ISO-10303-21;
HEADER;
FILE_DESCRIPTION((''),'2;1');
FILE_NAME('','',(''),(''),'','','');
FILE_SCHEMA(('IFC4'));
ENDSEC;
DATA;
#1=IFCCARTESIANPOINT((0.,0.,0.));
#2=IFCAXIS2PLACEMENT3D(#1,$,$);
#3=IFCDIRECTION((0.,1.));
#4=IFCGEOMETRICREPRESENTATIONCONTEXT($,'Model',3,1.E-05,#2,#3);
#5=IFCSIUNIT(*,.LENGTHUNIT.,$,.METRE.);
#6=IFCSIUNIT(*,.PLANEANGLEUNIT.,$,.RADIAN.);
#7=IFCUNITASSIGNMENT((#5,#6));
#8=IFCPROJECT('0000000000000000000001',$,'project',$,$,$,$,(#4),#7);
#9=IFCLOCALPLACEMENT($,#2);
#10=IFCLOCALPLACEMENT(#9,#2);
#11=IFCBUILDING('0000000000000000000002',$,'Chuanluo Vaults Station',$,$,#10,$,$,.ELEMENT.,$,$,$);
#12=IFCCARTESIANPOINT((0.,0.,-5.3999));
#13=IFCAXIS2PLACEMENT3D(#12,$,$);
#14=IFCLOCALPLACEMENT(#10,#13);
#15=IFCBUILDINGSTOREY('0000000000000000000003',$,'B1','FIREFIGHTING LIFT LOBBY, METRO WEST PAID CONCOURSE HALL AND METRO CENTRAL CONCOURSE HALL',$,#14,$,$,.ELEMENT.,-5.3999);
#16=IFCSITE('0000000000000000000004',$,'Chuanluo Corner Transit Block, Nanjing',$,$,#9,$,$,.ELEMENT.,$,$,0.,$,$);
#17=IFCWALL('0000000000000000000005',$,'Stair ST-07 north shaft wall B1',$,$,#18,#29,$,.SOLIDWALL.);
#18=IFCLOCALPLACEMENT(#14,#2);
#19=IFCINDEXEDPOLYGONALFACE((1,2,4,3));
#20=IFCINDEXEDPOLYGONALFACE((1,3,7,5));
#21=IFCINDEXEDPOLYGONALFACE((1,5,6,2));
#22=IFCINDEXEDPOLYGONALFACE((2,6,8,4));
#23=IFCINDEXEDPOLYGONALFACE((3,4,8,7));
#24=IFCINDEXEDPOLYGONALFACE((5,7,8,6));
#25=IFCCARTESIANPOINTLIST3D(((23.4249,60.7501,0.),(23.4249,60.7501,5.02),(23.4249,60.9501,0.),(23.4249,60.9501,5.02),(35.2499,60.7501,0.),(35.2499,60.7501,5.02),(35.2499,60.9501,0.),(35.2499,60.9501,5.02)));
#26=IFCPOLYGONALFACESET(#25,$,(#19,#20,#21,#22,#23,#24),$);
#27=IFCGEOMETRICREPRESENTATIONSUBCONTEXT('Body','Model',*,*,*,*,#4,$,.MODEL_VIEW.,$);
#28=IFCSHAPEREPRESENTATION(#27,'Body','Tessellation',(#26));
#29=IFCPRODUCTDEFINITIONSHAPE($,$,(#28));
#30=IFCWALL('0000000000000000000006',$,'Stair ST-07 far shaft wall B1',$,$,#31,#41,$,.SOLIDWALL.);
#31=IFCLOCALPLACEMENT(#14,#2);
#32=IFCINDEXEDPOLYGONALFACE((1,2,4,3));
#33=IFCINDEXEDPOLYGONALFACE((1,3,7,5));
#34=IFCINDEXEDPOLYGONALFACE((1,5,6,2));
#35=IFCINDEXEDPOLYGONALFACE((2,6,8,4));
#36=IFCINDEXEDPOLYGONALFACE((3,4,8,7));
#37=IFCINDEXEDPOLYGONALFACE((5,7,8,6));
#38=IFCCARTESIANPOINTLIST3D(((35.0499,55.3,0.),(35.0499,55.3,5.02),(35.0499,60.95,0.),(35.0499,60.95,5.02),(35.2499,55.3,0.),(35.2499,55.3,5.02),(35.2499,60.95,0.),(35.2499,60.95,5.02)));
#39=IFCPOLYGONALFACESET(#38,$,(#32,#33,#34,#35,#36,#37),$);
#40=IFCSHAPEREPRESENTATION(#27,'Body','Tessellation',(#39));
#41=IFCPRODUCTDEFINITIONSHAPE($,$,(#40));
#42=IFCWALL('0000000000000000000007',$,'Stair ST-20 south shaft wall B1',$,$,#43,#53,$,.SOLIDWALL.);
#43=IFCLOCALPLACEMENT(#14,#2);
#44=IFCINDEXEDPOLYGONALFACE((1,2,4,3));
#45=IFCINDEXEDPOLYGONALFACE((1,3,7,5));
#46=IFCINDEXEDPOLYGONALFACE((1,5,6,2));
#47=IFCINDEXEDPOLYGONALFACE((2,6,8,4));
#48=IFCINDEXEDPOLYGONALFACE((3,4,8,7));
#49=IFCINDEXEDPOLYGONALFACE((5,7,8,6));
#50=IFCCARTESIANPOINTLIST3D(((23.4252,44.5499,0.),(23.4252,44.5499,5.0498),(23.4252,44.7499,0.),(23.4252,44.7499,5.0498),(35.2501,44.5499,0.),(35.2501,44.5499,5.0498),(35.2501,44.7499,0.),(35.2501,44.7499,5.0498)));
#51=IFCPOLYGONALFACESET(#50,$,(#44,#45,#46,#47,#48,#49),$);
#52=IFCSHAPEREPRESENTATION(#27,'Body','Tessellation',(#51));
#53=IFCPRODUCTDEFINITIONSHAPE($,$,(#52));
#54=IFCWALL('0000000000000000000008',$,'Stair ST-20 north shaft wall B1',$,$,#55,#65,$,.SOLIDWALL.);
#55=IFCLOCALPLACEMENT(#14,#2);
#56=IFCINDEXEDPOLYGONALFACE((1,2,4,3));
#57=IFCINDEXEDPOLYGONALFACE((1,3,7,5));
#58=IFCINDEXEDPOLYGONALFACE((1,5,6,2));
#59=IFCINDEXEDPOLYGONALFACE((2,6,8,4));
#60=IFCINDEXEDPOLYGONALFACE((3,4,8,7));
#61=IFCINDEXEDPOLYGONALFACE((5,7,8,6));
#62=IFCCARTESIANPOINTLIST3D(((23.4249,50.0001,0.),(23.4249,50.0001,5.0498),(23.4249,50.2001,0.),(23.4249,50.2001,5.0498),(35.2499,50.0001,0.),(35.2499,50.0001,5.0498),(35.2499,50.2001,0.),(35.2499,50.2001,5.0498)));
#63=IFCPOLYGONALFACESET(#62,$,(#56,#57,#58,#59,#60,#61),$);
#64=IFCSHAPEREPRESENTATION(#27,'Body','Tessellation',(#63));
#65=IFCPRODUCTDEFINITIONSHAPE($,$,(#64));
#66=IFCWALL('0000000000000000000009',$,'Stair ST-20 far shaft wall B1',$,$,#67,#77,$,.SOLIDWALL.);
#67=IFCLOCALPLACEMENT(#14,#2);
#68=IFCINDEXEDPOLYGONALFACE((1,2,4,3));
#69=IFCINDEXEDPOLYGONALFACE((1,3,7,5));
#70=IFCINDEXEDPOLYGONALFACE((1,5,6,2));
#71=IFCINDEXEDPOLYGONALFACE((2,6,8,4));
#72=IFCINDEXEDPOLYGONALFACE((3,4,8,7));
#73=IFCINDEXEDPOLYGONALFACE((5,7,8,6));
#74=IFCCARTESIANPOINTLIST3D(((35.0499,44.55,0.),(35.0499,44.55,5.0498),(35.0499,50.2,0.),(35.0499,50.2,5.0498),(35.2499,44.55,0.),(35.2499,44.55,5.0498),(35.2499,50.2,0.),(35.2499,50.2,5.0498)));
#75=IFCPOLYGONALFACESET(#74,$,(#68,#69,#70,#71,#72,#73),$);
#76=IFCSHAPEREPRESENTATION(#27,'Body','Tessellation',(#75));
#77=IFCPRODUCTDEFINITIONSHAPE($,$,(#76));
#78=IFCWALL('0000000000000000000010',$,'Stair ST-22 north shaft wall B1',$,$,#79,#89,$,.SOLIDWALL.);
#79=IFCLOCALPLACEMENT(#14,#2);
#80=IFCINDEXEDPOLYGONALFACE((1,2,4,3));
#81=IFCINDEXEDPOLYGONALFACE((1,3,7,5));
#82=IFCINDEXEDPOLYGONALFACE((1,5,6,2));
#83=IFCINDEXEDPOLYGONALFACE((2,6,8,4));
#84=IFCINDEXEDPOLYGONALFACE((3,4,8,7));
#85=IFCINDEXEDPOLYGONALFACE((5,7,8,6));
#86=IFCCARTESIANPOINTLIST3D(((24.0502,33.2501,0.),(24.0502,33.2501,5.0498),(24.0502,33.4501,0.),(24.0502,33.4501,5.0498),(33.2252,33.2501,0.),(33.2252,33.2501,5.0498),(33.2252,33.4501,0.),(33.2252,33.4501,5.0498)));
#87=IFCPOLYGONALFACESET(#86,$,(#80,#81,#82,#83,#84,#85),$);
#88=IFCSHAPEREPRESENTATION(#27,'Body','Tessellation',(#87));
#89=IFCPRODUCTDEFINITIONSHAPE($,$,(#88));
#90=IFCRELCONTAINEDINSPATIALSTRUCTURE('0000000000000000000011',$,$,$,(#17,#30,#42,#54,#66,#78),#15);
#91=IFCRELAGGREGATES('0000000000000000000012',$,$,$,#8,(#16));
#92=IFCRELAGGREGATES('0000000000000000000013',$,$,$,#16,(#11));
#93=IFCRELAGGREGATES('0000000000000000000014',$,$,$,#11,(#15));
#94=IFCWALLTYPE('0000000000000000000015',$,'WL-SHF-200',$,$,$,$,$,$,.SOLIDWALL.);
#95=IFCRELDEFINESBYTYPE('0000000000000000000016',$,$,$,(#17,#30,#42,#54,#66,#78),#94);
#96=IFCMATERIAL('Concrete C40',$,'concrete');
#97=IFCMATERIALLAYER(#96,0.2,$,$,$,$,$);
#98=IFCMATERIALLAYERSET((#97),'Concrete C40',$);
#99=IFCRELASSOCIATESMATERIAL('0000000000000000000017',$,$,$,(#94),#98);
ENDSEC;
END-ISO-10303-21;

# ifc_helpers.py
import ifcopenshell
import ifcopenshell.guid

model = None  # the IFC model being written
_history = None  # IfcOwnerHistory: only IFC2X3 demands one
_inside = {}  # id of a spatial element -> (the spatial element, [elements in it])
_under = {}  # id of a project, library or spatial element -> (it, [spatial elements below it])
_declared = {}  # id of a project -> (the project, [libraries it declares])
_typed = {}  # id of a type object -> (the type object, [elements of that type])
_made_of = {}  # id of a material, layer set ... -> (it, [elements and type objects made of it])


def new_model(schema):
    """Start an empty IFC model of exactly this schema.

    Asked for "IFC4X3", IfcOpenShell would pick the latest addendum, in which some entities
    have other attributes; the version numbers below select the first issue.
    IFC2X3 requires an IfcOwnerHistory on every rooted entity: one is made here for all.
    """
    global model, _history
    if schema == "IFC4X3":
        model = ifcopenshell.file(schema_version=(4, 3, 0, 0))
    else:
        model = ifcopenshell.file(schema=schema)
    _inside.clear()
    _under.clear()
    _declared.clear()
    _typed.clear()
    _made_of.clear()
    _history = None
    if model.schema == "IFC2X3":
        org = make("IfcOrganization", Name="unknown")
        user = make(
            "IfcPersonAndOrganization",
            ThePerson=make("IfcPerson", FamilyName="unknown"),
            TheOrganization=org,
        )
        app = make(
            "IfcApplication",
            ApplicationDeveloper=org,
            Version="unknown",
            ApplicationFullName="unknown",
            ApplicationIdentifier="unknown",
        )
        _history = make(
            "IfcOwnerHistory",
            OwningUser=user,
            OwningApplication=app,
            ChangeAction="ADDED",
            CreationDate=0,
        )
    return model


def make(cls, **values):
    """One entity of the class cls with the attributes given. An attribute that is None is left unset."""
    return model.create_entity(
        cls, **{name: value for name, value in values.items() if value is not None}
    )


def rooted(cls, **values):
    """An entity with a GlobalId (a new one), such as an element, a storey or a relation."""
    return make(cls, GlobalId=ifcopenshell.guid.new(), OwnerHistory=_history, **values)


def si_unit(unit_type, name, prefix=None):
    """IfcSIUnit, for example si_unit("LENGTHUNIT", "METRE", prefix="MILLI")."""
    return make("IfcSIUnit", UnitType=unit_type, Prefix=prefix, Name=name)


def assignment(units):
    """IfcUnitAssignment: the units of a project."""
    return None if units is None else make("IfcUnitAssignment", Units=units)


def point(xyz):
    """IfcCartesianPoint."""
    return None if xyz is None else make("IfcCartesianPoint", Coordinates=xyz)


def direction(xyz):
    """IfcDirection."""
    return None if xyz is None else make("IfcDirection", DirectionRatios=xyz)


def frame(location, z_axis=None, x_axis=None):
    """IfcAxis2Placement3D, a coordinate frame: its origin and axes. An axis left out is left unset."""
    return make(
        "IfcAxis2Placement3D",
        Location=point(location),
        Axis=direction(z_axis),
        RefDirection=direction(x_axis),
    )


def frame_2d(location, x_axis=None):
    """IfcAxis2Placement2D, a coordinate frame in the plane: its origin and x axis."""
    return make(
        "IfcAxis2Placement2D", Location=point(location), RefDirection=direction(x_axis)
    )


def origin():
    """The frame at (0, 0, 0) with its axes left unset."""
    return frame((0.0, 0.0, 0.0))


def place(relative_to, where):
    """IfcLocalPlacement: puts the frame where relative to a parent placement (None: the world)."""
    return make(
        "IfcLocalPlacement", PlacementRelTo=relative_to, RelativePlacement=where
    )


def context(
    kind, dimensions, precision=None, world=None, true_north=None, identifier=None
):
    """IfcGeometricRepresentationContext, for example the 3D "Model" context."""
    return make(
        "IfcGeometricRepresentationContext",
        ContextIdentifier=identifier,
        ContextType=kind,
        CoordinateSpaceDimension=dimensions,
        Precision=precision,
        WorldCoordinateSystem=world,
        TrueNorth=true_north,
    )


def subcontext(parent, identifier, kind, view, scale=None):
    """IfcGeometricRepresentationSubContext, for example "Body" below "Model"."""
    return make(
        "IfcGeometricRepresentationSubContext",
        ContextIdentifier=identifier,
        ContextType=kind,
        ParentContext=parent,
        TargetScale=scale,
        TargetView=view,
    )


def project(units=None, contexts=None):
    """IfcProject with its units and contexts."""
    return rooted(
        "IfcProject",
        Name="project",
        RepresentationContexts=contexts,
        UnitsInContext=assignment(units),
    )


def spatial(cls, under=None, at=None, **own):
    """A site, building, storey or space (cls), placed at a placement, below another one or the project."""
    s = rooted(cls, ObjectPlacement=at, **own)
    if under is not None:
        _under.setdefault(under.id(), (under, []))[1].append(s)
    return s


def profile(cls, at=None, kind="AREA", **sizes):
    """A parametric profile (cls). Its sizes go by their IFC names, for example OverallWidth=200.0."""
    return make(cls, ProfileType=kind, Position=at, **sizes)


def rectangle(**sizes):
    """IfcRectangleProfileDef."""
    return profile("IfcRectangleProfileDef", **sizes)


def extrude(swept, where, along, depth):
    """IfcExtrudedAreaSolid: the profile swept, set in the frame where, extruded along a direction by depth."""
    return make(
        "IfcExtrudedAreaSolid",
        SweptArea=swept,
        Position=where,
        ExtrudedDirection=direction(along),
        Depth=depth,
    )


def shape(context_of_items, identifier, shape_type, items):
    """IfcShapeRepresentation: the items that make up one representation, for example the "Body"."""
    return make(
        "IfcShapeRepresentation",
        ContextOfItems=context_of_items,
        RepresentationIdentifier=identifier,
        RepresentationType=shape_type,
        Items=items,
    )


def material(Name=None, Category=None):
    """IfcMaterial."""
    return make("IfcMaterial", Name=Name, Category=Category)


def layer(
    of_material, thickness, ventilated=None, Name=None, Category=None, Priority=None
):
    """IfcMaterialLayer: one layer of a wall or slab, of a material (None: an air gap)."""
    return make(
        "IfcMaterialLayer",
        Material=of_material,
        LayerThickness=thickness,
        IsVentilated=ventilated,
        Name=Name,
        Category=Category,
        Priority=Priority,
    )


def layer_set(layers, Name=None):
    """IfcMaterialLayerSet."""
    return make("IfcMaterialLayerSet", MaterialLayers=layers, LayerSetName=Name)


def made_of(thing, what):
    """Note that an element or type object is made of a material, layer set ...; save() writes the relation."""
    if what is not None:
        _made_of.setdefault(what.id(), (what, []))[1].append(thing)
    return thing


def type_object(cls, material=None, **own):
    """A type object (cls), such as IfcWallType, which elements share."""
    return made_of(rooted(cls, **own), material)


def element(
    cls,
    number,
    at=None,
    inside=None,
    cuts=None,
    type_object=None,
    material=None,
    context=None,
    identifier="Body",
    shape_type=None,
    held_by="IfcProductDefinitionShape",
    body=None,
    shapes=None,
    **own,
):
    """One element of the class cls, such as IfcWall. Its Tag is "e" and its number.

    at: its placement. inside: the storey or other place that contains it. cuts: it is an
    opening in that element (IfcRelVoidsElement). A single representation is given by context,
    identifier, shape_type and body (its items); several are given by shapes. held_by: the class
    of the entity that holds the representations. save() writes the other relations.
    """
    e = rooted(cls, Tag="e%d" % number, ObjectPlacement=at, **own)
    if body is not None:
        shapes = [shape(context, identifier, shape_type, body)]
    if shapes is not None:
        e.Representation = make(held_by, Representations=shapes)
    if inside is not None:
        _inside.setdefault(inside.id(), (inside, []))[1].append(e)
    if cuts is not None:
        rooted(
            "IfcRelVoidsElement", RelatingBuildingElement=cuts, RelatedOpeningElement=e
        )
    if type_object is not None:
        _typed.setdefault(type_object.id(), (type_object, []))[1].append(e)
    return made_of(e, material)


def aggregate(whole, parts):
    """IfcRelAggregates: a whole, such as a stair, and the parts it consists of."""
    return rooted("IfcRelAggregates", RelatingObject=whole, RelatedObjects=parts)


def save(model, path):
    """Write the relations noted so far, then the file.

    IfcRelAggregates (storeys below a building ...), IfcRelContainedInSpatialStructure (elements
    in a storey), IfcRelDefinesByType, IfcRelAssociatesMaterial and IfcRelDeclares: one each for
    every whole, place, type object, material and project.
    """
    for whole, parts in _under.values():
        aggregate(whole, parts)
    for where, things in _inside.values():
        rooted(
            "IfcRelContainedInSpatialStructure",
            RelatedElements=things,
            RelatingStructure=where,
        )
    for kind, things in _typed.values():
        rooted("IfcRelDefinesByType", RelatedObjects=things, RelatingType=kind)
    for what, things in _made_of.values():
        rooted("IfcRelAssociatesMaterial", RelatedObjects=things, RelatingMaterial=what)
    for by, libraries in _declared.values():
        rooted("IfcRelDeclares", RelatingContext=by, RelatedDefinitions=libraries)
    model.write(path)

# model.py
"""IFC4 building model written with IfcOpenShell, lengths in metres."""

from ifc_helpers import new_model, si_unit, direction, frame, frame_2d, origin, place, context, subcontext, project, spatial, rectangle, extrude, material, layer, layer_set, type_object, element, save


model = new_model("IFC4")

# Units and contexts
model_context = context("Model", 3, precision=1e-05, world=origin(), true_north=direction((0.0, 1.0)))
body_context = subcontext(model_context, "Body", "Model", "MODEL_VIEW")
ifc_project = project(units=[si_unit("LENGTHUNIT", "METRE"), si_unit("PLANEANGLEUNIT", "RADIAN")], contexts=[model_context])

# Site, building, storey
site_placement = place(None, origin())
site = spatial("IfcSite", under=ifc_project, at=site_placement, Name="Chuanluo Corner Transit Block, Nanjing", CompositionType="ELEMENT", RefElevation=0.0)
building_placement = place(site_placement, origin())
building = spatial("IfcBuilding", under=site, at=building_placement, Name="Chuanluo Vaults Station", CompositionType="ELEMENT")
storey_placement = place(building_placement, frame((0.0, 0.0, -5.3999)))
storey = spatial("IfcBuildingStorey", under=building, at=storey_placement, Name="B1", Description="FIREFIGHTING LIFT LOBBY, METRO WEST PAID CONCOURSE HALL AND METRO CENTRAL CONCOURSE HALL", CompositionType="ELEMENT", Elevation=-5.3999)

# Walls
ifc_material_1 = material(Name="Concrete C40", Category="concrete")
ifc_layer = layer(ifc_material_1, 0.2)
ifc_layer_set = layer_set([ifc_layer], Name="Concrete C40")
wall_type = type_object("IfcWallType", Name="WL-SHF-200", PredefinedType="SOLIDWALL", material=ifc_layer_set)
for number, where, z_axis, x_axis, name in (
    (1, (35.25, 60.8501, 0.0), (0.0, 0.0, 1.0), (-1.0, 0.0, 0.0), "Stair ST-07 north shaft wall B1"),
):
    element("IfcWall", number, at=place(storey_placement, frame(where, z_axis=z_axis, x_axis=x_axis)), inside=storey, type_object=wall_type, Name=name, PredefinedType="SOLIDWALL", context=body_context, shape_type="SweptSolid", body=[
        extrude(rectangle(XDim=11.825, YDim=0.2, at=frame_2d((5.9126, 0.0))), origin(), (0.0, 0.0, 1.0), 5.02),
    ])
wall_1_placement = place(storey_placement, frame((35.1499, 55.3, 0.0), z_axis=(0.0, 0.0, 1.0), x_axis=(0.0, 1.0, 0.0)))
element("IfcWall", 2, at=wall_1_placement, inside=storey, type_object=wall_type, Name="Stair ST-07 far shaft wall B1", PredefinedType="SOLIDWALL", context=body_context, shape_type="SweptSolid", body=[
    extrude(rectangle(XDim=5.6499, YDim=0.2, at=frame_2d((2.825, 0.0))), origin(), (0.0, 0.0, 1.0), 5.02),
])
for number, where, z_axis, x_axis, name in (
    (3, (23.425, 44.6499, 0.0), (0.0, 0.0, 1.0), (1.0, 0.0, 0.0), "Stair ST-20 south shaft wall B1"),
    (4, (35.25, 50.1001, 0.0), (0.0, 0.0, 1.0), (-1.0, 0.0, 0.0), "Stair ST-20 north shaft wall B1"),
):
    element("IfcWall", number, at=place(storey_placement, frame(where, z_axis=z_axis, x_axis=x_axis)), inside=storey, type_object=wall_type, Name=name, PredefinedType="SOLIDWALL", context=body_context, shape_type="SweptSolid", body=[
        extrude(rectangle(XDim=11.825, YDim=0.2, at=frame_2d((5.9126, 0.0))), origin(), (0.0, 0.0, 1.0), 5.0498),
    ])
wall_2_placement = place(storey_placement, frame((35.1499, 44.55, 0.0), z_axis=(0.0, 0.0, 1.0), x_axis=(0.0, 1.0, 0.0)))
element("IfcWall", 5, at=wall_2_placement, inside=storey, type_object=wall_type, Name="Stair ST-20 far shaft wall B1", PredefinedType="SOLIDWALL", context=body_context, shape_type="SweptSolid", body=[
    extrude(rectangle(XDim=5.6499, YDim=0.2, at=frame_2d((2.825, 0.0))), origin(), (0.0, 0.0, 1.0), 5.0498),
])
wall_3_placement = place(storey_placement, frame((33.2251, 33.3501, 0.0), z_axis=(0.0, 0.0, 1.0), x_axis=(-1.0, 0.0, 0.0)))
element("IfcWall", 6, at=wall_3_placement, inside=storey, type_object=wall_type, Name="Stair ST-22 north shaft wall B1", PredefinedType="SOLIDWALL", context=body_context, shape_type="SweptSolid", body=[
    extrude(rectangle(XDim=9.175, YDim=0.2, at=frame_2d((4.5874, 0.0))), origin(), (0.0, 0.0, 1.0), 5.0498),
])

save(model, "model.ifc")
